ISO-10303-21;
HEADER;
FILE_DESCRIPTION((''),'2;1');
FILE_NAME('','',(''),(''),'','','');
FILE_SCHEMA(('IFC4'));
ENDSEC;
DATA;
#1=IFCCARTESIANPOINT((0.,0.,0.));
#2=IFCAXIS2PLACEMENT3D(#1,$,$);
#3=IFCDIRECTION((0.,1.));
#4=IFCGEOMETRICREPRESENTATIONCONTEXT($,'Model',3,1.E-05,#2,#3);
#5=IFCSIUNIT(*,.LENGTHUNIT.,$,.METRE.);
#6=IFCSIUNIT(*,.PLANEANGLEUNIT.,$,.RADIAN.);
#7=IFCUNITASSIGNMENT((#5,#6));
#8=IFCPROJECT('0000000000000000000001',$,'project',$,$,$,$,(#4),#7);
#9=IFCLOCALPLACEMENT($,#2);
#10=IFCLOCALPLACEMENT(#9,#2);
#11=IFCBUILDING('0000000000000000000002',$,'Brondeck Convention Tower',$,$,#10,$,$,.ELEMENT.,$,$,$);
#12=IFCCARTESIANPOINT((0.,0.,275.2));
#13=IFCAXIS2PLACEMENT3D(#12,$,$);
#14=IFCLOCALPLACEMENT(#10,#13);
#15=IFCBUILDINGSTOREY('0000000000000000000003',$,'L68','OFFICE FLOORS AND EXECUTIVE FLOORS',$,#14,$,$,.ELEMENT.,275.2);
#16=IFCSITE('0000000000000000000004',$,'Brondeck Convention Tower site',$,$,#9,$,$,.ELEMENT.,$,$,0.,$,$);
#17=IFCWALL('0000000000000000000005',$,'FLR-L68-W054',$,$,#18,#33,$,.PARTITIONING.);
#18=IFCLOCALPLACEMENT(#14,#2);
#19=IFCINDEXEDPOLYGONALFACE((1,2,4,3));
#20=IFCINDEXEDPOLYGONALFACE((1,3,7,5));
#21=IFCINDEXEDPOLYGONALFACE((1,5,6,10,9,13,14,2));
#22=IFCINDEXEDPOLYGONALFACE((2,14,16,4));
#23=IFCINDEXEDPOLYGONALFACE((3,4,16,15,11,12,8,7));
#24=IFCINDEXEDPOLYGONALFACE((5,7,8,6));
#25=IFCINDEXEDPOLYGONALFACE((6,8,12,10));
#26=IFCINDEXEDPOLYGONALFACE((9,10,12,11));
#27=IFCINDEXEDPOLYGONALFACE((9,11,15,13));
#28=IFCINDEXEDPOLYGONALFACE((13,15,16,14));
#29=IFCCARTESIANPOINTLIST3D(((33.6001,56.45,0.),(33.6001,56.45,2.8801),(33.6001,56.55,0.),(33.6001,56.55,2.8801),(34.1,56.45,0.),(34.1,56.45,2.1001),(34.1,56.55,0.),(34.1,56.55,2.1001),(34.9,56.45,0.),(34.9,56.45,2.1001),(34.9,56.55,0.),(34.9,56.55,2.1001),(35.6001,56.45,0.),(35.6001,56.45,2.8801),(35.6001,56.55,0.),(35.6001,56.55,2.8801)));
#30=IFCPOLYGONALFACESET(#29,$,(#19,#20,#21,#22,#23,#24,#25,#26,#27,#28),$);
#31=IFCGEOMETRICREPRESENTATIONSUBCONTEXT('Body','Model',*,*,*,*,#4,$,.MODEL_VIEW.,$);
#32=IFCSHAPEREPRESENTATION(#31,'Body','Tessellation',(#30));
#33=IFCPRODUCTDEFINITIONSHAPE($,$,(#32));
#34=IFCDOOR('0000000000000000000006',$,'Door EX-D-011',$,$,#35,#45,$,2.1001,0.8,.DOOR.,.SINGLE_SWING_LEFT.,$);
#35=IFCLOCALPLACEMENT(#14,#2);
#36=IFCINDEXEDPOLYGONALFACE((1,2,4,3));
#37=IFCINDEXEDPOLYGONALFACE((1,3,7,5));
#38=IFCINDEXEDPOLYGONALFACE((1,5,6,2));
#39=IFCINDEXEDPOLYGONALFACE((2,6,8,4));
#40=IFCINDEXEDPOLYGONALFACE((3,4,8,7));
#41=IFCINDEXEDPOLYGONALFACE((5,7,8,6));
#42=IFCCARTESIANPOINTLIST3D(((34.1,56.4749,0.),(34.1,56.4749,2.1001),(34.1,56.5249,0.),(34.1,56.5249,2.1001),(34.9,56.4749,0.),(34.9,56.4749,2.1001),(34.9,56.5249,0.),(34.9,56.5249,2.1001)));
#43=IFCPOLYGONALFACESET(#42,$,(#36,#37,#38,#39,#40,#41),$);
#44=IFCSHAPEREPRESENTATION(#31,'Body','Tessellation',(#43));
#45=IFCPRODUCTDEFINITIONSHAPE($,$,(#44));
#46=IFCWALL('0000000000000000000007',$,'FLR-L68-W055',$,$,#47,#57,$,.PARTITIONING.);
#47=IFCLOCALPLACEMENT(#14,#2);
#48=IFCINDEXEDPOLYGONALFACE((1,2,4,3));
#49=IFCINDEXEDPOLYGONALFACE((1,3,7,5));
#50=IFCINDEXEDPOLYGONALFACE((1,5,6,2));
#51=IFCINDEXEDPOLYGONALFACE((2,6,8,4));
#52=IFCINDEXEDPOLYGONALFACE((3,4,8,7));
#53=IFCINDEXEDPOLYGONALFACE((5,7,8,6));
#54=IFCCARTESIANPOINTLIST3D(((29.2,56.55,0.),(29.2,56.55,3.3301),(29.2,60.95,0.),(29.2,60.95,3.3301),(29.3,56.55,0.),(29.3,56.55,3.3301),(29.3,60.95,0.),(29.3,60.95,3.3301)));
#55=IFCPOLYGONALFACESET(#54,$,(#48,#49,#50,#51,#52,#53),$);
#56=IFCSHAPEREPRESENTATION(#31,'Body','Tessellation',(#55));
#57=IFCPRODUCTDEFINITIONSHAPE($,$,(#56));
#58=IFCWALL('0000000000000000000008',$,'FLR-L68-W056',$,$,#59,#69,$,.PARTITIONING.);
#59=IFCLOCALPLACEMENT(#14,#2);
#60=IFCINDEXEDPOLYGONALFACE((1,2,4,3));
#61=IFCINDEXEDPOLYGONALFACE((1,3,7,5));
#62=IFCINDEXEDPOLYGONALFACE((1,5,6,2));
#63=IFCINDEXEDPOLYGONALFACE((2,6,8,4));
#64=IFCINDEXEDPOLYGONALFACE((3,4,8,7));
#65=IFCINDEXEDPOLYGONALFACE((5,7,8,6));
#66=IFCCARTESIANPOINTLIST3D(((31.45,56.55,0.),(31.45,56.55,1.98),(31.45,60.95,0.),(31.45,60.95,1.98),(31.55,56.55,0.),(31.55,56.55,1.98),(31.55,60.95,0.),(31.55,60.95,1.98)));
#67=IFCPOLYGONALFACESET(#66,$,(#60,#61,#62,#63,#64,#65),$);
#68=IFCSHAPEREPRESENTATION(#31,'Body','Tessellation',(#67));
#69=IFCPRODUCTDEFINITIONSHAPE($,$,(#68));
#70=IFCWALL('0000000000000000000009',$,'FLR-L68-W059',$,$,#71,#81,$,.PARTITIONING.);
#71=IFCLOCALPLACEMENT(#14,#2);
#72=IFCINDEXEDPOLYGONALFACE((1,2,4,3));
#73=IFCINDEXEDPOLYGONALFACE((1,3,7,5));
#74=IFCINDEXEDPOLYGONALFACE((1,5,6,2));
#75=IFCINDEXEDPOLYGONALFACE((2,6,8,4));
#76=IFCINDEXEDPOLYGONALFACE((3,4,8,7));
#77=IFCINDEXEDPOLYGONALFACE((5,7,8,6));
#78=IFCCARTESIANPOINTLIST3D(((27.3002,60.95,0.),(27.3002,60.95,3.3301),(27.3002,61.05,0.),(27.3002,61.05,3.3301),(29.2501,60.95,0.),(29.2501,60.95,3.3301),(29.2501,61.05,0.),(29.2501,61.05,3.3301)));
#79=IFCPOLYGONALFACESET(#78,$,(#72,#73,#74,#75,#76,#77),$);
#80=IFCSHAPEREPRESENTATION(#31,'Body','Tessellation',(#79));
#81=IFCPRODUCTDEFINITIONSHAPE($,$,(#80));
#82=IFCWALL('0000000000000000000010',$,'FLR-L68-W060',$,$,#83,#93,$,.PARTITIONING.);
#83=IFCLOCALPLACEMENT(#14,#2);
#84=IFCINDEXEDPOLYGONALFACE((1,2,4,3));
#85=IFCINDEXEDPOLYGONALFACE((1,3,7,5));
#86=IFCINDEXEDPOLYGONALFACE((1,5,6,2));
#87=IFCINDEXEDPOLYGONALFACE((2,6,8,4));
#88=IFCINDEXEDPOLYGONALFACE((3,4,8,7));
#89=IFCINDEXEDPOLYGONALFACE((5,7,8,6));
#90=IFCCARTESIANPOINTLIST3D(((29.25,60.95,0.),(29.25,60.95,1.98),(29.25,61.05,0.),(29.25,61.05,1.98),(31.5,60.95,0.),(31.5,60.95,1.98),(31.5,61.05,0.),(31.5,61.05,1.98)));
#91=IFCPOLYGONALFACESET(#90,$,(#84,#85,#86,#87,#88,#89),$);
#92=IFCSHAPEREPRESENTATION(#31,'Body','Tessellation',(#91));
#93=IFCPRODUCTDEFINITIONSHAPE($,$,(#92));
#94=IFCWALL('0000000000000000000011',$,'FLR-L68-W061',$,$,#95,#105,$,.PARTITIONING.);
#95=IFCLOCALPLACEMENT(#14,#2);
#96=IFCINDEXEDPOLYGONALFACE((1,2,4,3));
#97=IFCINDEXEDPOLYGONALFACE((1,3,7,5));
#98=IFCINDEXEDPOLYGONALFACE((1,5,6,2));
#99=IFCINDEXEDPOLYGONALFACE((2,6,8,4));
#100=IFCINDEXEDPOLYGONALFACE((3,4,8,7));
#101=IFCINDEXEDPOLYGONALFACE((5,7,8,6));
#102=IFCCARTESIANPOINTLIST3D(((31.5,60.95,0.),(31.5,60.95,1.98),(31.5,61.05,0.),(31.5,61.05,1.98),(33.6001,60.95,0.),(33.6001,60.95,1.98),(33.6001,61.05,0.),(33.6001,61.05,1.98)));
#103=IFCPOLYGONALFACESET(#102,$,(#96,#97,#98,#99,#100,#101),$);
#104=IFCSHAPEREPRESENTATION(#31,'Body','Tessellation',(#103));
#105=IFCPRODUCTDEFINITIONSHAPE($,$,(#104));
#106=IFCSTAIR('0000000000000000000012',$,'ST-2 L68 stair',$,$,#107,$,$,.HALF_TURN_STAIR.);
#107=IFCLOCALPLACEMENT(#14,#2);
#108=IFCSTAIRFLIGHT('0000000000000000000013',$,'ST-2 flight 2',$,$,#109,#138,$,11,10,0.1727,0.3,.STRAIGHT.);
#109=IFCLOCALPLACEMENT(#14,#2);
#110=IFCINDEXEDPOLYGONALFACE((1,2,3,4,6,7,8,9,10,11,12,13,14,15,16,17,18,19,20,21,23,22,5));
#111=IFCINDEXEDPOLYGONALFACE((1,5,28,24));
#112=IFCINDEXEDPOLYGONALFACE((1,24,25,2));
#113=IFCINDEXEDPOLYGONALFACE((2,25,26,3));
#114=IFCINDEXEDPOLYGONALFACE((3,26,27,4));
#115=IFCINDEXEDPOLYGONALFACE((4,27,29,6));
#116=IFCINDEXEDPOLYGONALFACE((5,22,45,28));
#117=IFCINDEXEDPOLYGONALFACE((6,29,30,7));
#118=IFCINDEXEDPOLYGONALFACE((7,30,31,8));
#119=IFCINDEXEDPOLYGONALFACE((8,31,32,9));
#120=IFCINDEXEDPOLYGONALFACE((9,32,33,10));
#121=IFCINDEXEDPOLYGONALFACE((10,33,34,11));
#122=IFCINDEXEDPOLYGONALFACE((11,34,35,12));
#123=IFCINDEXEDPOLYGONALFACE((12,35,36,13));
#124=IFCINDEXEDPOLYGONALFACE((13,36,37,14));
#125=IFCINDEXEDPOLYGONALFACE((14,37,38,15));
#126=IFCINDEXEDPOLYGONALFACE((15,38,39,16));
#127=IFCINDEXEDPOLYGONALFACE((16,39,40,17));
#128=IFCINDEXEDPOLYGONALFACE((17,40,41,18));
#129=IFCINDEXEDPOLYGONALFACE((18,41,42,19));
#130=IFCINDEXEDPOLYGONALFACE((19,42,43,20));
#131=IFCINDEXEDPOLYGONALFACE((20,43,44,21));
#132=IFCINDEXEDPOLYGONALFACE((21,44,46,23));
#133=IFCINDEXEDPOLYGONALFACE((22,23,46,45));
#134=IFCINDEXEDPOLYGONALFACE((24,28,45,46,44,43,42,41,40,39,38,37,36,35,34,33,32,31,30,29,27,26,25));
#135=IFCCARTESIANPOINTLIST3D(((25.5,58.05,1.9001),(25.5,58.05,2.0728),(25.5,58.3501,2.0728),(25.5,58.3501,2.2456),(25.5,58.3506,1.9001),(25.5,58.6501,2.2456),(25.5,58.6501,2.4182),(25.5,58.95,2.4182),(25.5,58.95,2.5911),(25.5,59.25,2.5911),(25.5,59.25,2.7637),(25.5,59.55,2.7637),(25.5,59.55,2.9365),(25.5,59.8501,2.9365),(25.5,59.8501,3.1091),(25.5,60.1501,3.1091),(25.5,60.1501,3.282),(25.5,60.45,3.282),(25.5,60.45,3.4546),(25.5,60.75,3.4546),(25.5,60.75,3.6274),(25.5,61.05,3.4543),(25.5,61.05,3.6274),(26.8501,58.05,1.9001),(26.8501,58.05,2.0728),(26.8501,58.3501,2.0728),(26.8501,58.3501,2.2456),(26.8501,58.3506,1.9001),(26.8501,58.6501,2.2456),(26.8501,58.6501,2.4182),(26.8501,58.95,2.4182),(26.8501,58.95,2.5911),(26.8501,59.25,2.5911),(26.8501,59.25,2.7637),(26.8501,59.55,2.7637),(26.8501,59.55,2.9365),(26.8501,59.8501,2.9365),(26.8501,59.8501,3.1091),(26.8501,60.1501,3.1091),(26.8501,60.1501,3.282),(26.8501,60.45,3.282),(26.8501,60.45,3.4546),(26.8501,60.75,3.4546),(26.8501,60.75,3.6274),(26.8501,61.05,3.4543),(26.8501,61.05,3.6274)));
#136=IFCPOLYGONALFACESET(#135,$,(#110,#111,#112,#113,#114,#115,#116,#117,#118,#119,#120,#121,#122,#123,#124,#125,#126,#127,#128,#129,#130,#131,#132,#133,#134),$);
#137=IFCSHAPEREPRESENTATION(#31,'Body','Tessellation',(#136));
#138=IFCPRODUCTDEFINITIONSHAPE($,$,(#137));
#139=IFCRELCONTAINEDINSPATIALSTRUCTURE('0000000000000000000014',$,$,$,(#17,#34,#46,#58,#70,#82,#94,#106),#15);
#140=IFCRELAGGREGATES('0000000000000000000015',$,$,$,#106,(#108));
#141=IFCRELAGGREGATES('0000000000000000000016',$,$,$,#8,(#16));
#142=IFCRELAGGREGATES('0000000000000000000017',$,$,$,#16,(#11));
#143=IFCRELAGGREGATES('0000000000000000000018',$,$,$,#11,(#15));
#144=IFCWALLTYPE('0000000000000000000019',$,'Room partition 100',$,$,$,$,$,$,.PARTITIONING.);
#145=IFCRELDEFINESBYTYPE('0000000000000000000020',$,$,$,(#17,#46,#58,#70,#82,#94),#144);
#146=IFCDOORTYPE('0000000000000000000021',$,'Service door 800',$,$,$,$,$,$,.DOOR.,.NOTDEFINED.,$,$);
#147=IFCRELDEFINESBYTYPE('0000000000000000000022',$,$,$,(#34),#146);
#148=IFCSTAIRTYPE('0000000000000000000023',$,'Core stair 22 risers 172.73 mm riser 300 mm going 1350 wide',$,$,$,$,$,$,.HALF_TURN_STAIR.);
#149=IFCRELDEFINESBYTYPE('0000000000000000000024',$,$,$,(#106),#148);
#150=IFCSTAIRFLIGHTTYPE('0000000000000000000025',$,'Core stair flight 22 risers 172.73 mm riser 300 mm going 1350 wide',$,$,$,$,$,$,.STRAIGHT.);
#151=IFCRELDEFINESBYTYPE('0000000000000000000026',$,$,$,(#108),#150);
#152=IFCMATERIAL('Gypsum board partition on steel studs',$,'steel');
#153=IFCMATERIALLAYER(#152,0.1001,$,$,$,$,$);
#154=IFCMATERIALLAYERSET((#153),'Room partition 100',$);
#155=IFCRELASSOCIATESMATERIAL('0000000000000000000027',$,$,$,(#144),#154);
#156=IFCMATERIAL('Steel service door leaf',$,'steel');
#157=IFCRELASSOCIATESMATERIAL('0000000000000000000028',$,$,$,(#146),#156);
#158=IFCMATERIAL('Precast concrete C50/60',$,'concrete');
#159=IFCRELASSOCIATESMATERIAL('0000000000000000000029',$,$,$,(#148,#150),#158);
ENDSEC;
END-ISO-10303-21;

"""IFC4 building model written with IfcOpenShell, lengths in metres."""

from ifc_helpers import new_model, si_unit, direction, frame, frame_2d, origin, place, context, subcontext, project, spatial, polyline, rectangle, outline, extrude, material, layer, layer_set, type_object, element, fill, aggregate, save


model = new_model("IFC4")

# Units and contexts
model_context = context("Model", 3, precision=1e-05, world=origin(), true_north=direction((0.0, 1.0)))
body_context = subcontext(model_context, "Body", "Model", "MODEL_VIEW")
ifc_project = project(units=[si_unit("LENGTHUNIT", "METRE"), si_unit("PLANEANGLEUNIT", "RADIAN")], contexts=[model_context])

# Site, building, storey
site_placement = place(None, origin())
site = spatial("IfcSite", under=ifc_project, at=site_placement, Name="Brondeck Convention Tower site", CompositionType="ELEMENT", RefElevation=0.0)
building_placement = place(site_placement, origin())
building = spatial("IfcBuilding", under=site, at=building_placement, Name="Brondeck Convention Tower", CompositionType="ELEMENT")
storey_placement = place(building_placement, frame((0.0, 0.0, 275.2)))
storey = spatial("IfcBuildingStorey", under=building, at=storey_placement, Name="L68", Description="OFFICE FLOORS AND EXECUTIVE FLOORS", CompositionType="ELEMENT", Elevation=275.2)

# Wall, opening, door
ifc_material_1 = material(Name="Gypsum board partition on steel studs", Category="steel")
ifc_layer_1 = layer(ifc_material_1, 0.1001)
ifc_layer_set_1 = layer_set([ifc_layer_1], Name="Room partition 100")
wall_type_1 = type_object("IfcWallType", Name="Room partition 100", PredefinedType="PARTITIONING", material=ifc_layer_set_1)
wall_1_placement = place(storey_placement, frame((33.6001, 56.5, 0.0), z_axis=(0.0, 0.0, 1.0), x_axis=(1.0, 0.0, 0.0)))
wall_1 = element("IfcWall", 1, at=wall_1_placement, inside=storey, type_object=wall_type_1, Name="FLR-L68-W054", PredefinedType="PARTITIONING", context=body_context, shape_type="SweptSolid", body=[
    extrude(rectangle(XDim=2.0, YDim=0.1001, at=frame_2d((1.0, 0.0))), origin(), (0.0, 0.0, 1.0), 2.8801),
])
opening_1_placement = place(wall_1_placement, frame((0.5, 0.0, 0.0)))
opening_1 = element("IfcOpeningElement", 2, at=opening_1_placement, cuts=wall_1, PredefinedType="OPENING", context=body_context, shape_type="SweptSolid", body=[
    extrude(rectangle(XDim=0.8, YDim=2.1001, at=frame_2d((0.3999, 1.05))), frame((0.0, 0.0601, 0.0), z_axis=(0.0, -1.0, 0.0), x_axis=(1.0, 0.0, 0.0)), (0.0, 0.0, 1.0), 0.1201),
])
ifc_material_2 = material(Name="Steel service door leaf", Category="steel")
door_type_1 = type_object("IfcDoorType", Name="Service door 800", OperationType="NOTDEFINED", PredefinedType="DOOR", material=ifc_material_2)
door_1_placement = place(opening_1_placement, origin())
door_1 = element("IfcDoor", 3, at=door_1_placement, inside=storey, type_object=door_type_1, Name="Door EX-D-011", OperationType="SINGLE_SWING_LEFT", OverallHeight=2.1001, OverallWidth=0.8, PredefinedType="DOOR", context=body_context, shape_type="SweptSolid", body=[
    extrude(rectangle(XDim=0.8, YDim=2.1001, at=frame_2d((0.3999, 1.05))), frame((0.0, 0.0249, 0.0), z_axis=(0.0, -1.0, 0.0), x_axis=(1.0, 0.0, 0.0)), (0.0, 0.0, 1.0), 0.05),
])
fill(opening_1, door_1)

# Walls
wall_2_placement = place(storey_placement, frame((29.25, 60.95, 0.0), z_axis=(0.0, 0.0, 1.0), x_axis=(0.0, -1.0, 0.0)))
element("IfcWall", 4, at=wall_2_placement, inside=storey, type_object=wall_type_1, Name="FLR-L68-W055", PredefinedType="PARTITIONING", context=body_context, shape_type="SweptSolid", body=[
    extrude(rectangle(XDim=4.3999, YDim=0.1001, at=frame_2d((2.2, 0.0))), origin(), (0.0, 0.0, 1.0), 3.3301),
])
wall_3_placement = place(storey_placement, frame((31.5, 60.95, 0.0), z_axis=(0.0, 0.0, 1.0), x_axis=(0.0, -1.0, 0.0)))
element("IfcWall", 5, at=wall_3_placement, inside=storey, type_object=wall_type_1, Name="FLR-L68-W056", PredefinedType="PARTITIONING", context=body_context, shape_type="SweptSolid", body=[
    extrude(rectangle(XDim=4.3999, YDim=0.1001, at=frame_2d((2.2, 0.0))), origin(), (0.0, 0.0, 1.0), 1.98),
])
wall_4_placement = place(storey_placement, frame((27.3, 61.0, 0.0), z_axis=(0.0, 0.0, 1.0), x_axis=(1.0, 0.0, 0.0)))
element("IfcWall", 6, at=wall_4_placement, inside=storey, type_object=wall_type_1, Name="FLR-L68-W059", PredefinedType="PARTITIONING", context=body_context, shape_type="SweptSolid", body=[
    extrude(rectangle(XDim=1.95, YDim=0.1001, at=frame_2d((0.9751, 0.0))), origin(), (0.0, 0.0, 1.0), 3.3301),
])
wall_5_placement = place(storey_placement, frame((29.25, 61.0, 0.0), z_axis=(0.0, 0.0, 1.0), x_axis=(1.0, 0.0, 0.0)))
element("IfcWall", 7, at=wall_5_placement, inside=storey, type_object=wall_type_1, Name="FLR-L68-W060", PredefinedType="PARTITIONING", context=body_context, shape_type="SweptSolid", body=[
    extrude(rectangle(XDim=2.25, YDim=0.1001, at=frame_2d((1.125, 0.0))), origin(), (0.0, 0.0, 1.0), 1.98),
])
wall_6_placement = place(storey_placement, frame((31.5, 61.0, 0.0), z_axis=(0.0, 0.0, 1.0), x_axis=(1.0, 0.0, 0.0)))
element("IfcWall", 8, at=wall_6_placement, inside=storey, type_object=wall_type_1, Name="FLR-L68-W061", PredefinedType="PARTITIONING", context=body_context, shape_type="SweptSolid", body=[
    extrude(rectangle(XDim=2.1001, YDim=0.1001, at=frame_2d((1.05, 0.0))), origin(), (0.0, 0.0, 1.0), 1.98),
])

# Stair, stair flight
ifc_material_3 = material(Name="Precast concrete C50/60", Category="concrete")
stair_type = type_object("IfcStairType", Name="Core stair 22 risers 172.73 mm riser 300 mm going 1350 wide", PredefinedType="HALF_TURN_STAIR", material=ifc_material_3)
stair_placement = place(storey_placement, origin())
stair = element("IfcStair", 9, at=stair_placement, inside=storey, type_object=stair_type, Name="ST-2 L68 stair", PredefinedType="HALF_TURN_STAIR")
stair_flight_type = type_object("IfcStairFlightType", Name="Core stair flight 22 risers 172.73 mm riser 300 mm going 1350 wide", PredefinedType="STRAIGHT", material=ifc_material_3)
stair_flight_placement = place(storey_placement, frame((26.175, 58.05, 1.9001), z_axis=(0.0, 0.0, 1.0), x_axis=(0.0, 1.0, 0.0)))
stair_flight = element("IfcStairFlight", 10, at=stair_flight_placement, type_object=stair_flight_type, Name="ST-2 flight 2", NumberOfRisers=11, NumberOfTreads=10, PredefinedType="STRAIGHT", RiserHeight=0.1727, TreadLength=0.3, context=body_context, shape_type="SweptSolid", body=[
    extrude(outline(polyline([(0.0, 0.0), (0.0, 0.1726), (0.3, 0.1726), (0.3, 0.3455), (0.6001, 0.3455), (0.6001, 0.5181), (0.8999, 0.5181), (0.8999, 0.6909), (1.2, 0.6909), (1.2, 0.8635), (1.5, 0.8635), (1.5, 1.0364), (1.8, 1.0364), (1.8, 1.209), (2.1001, 1.209), (2.1001, 1.3818), (2.3999, 1.3818), (2.3999, 1.5544), (2.7, 1.5544), (2.7, 1.7273), (3.0, 1.7273), (3.0, 1.8999), (3.0, 1.5542), (0.3005, 0.0), (0.0, 0.0)])), frame((0.0, 0.675, 0.0), z_axis=(0.0, -1.0, 0.0), x_axis=(1.0, 0.0, 0.0)), (0.0, 0.0, 1.0), 1.3501),
])
aggregate(stair, [stair_flight])

save(model, "model.ifc")
